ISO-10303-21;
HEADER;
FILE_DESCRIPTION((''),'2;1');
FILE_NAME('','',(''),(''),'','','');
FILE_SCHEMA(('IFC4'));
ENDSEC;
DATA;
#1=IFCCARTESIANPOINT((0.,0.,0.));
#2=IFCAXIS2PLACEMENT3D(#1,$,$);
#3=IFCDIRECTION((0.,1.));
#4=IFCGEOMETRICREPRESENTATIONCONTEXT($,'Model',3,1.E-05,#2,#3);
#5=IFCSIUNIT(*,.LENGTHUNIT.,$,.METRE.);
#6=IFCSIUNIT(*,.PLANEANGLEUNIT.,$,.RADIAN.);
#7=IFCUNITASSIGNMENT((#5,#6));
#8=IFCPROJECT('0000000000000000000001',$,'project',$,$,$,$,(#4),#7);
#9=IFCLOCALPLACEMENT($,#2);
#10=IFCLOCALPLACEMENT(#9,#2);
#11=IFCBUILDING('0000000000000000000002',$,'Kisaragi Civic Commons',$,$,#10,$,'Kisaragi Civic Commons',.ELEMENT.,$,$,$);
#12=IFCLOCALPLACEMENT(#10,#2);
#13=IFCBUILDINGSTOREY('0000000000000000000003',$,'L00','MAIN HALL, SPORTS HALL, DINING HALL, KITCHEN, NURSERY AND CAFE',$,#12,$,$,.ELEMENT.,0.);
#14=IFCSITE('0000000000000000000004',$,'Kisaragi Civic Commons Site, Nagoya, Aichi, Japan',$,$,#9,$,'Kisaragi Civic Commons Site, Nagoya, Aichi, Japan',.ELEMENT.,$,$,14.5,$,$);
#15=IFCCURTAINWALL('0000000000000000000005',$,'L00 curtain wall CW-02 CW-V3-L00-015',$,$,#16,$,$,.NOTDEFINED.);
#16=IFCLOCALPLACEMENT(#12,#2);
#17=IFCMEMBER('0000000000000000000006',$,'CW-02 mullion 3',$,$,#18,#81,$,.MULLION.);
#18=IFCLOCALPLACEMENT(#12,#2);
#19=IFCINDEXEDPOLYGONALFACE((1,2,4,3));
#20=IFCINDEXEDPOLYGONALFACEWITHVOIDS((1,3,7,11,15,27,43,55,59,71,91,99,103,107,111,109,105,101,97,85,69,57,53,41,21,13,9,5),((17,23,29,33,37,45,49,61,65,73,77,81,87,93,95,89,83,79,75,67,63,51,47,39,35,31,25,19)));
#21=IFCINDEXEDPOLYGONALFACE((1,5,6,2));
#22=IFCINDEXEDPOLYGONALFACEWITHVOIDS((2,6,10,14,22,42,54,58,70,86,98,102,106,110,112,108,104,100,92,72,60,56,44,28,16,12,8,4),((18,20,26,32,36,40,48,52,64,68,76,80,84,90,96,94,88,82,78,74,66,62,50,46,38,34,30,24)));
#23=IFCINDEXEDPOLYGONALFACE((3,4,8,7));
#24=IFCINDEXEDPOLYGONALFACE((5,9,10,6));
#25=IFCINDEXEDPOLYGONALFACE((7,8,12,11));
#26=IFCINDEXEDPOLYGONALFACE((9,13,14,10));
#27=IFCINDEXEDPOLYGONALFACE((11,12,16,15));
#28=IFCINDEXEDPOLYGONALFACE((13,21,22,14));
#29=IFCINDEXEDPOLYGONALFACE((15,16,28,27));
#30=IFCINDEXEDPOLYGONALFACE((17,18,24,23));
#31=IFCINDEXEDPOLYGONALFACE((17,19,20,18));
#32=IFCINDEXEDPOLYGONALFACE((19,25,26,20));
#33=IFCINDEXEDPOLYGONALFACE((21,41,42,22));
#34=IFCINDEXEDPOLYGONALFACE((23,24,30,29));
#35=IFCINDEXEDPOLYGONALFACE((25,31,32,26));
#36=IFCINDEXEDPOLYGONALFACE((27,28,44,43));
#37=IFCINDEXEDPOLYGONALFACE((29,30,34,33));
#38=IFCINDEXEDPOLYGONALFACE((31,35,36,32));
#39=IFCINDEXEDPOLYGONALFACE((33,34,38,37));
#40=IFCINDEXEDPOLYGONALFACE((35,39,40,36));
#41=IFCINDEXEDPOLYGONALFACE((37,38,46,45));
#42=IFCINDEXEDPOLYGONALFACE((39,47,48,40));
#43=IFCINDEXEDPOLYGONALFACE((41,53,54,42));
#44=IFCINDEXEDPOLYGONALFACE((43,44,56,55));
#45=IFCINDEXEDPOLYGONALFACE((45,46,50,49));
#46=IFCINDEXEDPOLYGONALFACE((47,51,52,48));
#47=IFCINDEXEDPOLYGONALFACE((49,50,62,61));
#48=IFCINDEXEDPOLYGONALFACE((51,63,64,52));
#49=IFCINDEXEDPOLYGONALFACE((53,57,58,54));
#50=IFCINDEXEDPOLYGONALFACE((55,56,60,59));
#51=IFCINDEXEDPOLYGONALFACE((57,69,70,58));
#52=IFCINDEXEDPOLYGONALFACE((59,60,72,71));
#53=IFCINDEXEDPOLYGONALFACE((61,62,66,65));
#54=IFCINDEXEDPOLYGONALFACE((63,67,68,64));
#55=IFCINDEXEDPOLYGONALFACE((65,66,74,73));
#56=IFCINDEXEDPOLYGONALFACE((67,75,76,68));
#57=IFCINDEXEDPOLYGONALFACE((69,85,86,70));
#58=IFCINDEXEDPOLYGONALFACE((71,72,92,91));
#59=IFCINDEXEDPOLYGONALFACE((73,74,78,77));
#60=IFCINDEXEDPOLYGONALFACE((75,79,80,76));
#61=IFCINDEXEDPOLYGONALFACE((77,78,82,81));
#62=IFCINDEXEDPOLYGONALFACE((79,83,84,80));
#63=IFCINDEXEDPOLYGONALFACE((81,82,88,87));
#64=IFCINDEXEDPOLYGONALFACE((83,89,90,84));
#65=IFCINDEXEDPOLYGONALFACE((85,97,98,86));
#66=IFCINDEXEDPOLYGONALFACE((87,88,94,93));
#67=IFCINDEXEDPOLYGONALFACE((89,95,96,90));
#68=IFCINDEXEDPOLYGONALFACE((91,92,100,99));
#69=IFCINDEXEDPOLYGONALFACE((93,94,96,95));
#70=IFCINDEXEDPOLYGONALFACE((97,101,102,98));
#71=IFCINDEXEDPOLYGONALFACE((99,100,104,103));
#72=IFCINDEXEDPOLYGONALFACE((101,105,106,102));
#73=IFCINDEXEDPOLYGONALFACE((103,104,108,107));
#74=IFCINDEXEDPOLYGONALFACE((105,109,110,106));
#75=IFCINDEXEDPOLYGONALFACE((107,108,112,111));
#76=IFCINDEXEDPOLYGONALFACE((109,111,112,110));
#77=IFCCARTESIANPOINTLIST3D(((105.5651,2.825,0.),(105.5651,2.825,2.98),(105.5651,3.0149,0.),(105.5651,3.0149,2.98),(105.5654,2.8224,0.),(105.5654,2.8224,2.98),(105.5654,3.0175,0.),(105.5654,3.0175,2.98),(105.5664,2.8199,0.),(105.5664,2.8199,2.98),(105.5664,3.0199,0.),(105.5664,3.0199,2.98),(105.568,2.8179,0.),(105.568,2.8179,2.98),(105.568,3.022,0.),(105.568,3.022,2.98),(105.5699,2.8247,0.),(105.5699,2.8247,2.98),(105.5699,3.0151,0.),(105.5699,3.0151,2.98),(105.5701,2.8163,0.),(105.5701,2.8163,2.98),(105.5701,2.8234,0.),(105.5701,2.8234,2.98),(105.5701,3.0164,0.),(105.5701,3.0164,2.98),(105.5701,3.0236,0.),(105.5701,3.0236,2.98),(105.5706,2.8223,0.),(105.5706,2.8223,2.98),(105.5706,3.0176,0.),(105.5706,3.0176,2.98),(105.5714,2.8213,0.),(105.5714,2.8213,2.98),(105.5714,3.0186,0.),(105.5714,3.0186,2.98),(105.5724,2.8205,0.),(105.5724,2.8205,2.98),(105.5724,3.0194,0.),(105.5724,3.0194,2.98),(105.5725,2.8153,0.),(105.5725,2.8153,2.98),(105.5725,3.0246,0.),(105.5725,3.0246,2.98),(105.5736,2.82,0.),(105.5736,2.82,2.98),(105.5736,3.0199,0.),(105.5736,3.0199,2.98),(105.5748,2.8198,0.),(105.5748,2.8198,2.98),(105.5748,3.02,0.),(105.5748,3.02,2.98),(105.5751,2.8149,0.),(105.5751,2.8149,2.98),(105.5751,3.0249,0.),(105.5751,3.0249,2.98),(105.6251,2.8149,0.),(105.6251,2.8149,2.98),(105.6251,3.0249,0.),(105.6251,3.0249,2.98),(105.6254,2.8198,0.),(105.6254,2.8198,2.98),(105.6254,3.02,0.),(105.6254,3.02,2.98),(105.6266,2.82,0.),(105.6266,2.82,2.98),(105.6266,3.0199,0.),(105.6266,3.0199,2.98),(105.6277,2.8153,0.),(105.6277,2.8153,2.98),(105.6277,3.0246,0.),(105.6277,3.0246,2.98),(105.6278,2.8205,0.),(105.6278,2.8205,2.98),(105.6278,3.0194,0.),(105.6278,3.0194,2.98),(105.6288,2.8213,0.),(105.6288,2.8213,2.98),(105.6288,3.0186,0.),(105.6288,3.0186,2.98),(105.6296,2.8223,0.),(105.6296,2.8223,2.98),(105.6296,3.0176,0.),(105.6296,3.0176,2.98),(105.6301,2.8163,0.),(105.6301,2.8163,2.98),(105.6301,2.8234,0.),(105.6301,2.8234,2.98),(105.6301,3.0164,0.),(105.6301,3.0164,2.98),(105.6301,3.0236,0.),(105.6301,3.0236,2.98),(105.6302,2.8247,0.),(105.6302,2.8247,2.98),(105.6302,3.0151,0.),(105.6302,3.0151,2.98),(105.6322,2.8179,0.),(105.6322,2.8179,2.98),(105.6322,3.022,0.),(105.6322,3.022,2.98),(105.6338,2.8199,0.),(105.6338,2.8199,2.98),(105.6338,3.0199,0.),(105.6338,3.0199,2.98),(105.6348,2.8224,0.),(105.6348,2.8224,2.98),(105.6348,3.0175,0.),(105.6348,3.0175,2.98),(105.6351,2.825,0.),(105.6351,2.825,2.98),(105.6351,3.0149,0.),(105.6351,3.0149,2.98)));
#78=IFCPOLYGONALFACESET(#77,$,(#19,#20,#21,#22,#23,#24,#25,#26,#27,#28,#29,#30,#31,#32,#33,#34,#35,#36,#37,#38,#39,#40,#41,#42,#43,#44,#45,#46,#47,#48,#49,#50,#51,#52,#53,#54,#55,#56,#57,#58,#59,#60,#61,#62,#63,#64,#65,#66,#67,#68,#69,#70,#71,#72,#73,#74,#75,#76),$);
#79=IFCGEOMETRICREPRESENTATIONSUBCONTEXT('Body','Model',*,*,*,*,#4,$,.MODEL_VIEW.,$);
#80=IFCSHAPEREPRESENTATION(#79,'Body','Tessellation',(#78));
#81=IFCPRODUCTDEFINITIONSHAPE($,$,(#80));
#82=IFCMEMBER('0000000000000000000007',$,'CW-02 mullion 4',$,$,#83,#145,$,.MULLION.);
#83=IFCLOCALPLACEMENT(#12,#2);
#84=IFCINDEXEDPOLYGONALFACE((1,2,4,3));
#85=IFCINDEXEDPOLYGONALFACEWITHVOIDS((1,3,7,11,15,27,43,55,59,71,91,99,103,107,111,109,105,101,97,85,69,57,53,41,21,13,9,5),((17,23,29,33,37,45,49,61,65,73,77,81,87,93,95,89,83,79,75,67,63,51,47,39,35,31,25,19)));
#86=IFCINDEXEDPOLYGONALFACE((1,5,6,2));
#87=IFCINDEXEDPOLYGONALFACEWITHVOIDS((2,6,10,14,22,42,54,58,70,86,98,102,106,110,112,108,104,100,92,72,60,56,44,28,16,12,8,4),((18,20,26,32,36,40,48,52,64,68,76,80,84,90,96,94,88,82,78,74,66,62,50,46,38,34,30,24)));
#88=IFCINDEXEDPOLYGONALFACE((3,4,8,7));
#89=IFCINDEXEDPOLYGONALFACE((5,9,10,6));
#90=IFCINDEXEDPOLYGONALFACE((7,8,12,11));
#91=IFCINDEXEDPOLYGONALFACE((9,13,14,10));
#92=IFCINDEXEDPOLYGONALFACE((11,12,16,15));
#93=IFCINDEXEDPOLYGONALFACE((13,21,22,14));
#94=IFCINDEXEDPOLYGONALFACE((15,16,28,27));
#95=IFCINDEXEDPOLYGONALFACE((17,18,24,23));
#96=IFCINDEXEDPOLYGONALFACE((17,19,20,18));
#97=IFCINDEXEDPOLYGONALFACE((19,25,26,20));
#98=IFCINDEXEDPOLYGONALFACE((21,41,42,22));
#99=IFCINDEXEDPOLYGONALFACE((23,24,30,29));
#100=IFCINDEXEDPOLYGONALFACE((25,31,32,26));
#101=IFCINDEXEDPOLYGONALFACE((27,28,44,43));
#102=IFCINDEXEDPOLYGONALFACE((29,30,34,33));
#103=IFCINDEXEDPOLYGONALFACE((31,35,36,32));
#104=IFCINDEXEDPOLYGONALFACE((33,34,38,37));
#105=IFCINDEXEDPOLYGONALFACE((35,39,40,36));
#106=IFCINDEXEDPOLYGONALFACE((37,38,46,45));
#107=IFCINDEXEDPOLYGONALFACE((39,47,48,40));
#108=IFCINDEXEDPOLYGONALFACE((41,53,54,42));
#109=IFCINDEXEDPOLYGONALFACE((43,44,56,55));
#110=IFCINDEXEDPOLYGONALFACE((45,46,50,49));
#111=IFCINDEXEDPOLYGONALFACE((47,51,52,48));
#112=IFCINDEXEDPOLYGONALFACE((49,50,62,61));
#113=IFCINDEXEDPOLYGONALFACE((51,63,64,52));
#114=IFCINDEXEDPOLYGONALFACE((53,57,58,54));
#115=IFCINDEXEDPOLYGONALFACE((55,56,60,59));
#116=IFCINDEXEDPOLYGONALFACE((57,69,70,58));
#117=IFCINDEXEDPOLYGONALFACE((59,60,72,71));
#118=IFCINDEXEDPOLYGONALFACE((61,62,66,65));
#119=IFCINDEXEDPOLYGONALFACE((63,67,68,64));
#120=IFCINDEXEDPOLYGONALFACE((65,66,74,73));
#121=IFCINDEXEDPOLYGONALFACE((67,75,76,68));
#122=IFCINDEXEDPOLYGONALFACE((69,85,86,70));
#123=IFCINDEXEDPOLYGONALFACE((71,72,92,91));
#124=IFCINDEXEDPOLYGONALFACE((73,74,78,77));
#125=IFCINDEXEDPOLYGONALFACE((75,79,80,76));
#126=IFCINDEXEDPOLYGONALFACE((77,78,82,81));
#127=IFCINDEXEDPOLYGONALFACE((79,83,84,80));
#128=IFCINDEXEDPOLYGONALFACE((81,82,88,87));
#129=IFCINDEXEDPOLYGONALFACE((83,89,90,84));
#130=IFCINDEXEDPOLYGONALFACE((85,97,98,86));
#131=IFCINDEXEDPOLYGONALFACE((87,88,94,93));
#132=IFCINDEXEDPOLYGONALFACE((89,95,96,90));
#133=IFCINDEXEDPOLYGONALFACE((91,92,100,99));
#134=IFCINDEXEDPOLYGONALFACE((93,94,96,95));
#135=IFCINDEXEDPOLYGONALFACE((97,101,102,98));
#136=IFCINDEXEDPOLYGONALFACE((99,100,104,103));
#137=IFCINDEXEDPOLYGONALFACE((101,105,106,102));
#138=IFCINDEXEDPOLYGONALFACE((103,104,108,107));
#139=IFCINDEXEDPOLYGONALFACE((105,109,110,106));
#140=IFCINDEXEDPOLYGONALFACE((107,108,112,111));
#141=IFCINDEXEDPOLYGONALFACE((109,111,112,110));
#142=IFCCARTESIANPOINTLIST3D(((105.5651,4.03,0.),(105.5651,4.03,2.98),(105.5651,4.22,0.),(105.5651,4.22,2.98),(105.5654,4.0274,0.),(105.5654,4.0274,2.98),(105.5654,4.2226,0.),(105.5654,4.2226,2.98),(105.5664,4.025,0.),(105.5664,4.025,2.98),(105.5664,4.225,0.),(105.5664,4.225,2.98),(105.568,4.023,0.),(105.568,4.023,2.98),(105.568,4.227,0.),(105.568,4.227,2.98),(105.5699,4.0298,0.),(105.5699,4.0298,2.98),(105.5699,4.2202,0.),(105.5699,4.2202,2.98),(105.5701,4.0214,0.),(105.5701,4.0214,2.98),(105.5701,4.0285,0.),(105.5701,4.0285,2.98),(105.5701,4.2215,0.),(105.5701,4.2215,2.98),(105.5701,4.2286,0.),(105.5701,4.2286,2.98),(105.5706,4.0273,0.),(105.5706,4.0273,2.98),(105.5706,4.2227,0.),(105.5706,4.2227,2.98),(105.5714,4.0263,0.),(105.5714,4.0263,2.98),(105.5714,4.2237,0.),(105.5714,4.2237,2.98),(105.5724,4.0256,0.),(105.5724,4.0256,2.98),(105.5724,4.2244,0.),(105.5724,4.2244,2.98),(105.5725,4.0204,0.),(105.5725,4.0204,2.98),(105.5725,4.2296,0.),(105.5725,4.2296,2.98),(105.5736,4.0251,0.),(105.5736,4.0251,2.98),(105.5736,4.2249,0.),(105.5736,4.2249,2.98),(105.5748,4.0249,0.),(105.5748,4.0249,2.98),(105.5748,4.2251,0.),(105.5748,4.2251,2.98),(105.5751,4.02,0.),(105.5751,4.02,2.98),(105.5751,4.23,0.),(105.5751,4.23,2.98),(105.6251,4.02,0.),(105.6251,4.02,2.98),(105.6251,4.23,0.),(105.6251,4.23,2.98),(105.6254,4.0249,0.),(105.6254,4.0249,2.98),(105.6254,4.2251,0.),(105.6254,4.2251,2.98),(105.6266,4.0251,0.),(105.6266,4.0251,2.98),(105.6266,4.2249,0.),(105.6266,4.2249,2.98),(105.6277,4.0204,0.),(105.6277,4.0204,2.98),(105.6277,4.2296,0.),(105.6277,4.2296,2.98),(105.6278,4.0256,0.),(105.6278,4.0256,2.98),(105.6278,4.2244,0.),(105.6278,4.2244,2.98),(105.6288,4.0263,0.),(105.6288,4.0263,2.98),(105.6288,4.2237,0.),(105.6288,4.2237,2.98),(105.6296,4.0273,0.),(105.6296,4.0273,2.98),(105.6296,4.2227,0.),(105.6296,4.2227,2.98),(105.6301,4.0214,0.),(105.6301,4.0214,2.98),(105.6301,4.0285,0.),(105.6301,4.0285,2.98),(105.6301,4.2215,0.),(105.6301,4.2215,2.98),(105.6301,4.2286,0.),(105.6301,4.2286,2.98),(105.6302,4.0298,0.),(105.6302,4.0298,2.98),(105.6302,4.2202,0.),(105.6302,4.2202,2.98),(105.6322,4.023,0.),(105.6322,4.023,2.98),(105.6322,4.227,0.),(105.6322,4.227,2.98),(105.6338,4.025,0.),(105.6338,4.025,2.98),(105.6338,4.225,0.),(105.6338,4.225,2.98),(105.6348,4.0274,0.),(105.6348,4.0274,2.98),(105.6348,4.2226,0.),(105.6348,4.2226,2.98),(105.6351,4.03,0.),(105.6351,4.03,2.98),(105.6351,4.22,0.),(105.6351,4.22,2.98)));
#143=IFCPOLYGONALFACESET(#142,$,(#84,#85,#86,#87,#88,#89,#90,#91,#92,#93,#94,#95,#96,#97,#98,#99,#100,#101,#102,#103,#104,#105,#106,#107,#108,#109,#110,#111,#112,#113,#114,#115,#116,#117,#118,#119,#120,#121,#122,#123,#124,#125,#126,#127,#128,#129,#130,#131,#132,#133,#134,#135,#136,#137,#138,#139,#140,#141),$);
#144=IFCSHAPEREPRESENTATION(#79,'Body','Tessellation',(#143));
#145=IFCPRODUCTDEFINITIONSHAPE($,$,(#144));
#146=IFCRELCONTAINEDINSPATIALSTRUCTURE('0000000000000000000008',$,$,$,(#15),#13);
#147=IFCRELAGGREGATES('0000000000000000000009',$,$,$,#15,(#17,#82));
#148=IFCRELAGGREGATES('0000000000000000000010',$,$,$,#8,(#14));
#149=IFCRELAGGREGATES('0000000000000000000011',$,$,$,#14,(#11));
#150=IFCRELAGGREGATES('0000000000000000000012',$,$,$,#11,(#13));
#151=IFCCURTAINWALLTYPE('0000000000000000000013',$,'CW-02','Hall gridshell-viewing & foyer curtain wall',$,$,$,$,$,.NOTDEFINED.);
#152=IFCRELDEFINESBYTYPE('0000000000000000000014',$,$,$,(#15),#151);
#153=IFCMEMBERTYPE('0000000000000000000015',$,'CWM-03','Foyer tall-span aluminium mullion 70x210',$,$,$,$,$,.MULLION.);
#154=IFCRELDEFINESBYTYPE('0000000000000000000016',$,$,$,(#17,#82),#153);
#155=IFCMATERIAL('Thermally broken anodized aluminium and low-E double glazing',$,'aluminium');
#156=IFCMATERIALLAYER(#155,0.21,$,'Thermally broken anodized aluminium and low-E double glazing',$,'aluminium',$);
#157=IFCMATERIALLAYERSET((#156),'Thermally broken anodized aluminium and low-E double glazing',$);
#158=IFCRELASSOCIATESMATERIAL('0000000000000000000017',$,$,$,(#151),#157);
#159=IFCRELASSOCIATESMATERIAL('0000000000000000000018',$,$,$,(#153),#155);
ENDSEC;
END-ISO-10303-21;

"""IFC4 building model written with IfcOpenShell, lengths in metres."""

from ifc_helpers import new_model, si_unit, direction, frame, origin, origin_2d, place, context, subcontext, project, spatial, hollow_rectangle, extrude, material, layer, layer_set, material_profile, profile_set, type_object, element, aggregate, save


model = new_model("IFC4")

# Units and contexts
model_context = context("Model", 3, precision=1e-05, world=origin(), true_north=direction((0.0, 1.0)))
body_context = subcontext(model_context, "Body", "Model", "MODEL_VIEW")
ifc_project = project(units=[si_unit("LENGTHUNIT", "METRE"), si_unit("PLANEANGLEUNIT", "RADIAN")], contexts=[model_context])

# Site, building, storey
site_placement = place(None, origin())
site = spatial("IfcSite", under=ifc_project, at=site_placement, Name="Kisaragi Civic Commons Site, Nagoya, Aichi, Japan", LongName="Kisaragi Civic Commons Site, Nagoya, Aichi, Japan", CompositionType="ELEMENT", RefElevation=14.5)
building_placement = place(site_placement, origin())
building = spatial("IfcBuilding", under=site, at=building_placement, Name="Kisaragi Civic Commons", LongName="Kisaragi Civic Commons", CompositionType="ELEMENT")
storey_placement = place(building_placement, origin())
storey = spatial("IfcBuildingStorey", under=building, at=storey_placement, Name="L00", Description="MAIN HALL, SPORTS HALL, DINING HALL, KITCHEN, NURSERY AND CAFE", CompositionType="ELEMENT", Elevation=0.0)

# Curtain wall, members
ifc_material_1 = material(Name="Thermally broken anodized aluminium and low-E double glazing", Category="aluminium")
ifc_layer_1 = layer(ifc_material_1, 0.21, Name="Thermally broken anodized aluminium and low-E double glazing", Category="aluminium")
ifc_layer_set_1 = layer_set([ifc_layer_1], Name="Thermally broken anodized aluminium and low-E double glazing")
curtain_wall_type = type_object("IfcCurtainWallType", Name="CW-02", Description="Hall gridshell-viewing & foyer curtain wall", PredefinedType="NOTDEFINED", material=ifc_layer_set_1)
curtain_wall_1_placement = place(storey_placement, origin())
curtain_wall_1 = element("IfcCurtainWall", 1, at=curtain_wall_1_placement, inside=storey, type_object=curtain_wall_type, Name="L00 curtain wall CW-02 CW-V3-L00-015", PredefinedType="NOTDEFINED")
ifc_material_profile_1 = material_profile(ifc_material_1, hollow_rectangle(XDim=0.0701, YDim=0.21, WallThickness=0.0049, InnerFilletRadius=0.0049, OuterFilletRadius=0.01, at=origin_2d()), Name="CWM-70x210x5", Category="aluminium")
ifc_profile_set_1 = profile_set([ifc_material_profile_1], Name="Thermally broken anodized aluminium and low-E double glazing")
member_type_1 = type_object("IfcMemberType", Name="CWM-03", Description="Foyer tall-span aluminium mullion 70x210", PredefinedType="MULLION", material=ifc_profile_set_1)
member_1_placement = place(storey_placement, frame((105.6001, 2.9199, 0.0), z_axis=(0.0, 0.0, 1.0), x_axis=(-1.0, 0.0, 0.0)))
member_1 = element("IfcMember", 2, at=member_1_placement, type_object=member_type_1, Name="CW-02 mullion 3", PredefinedType="MULLION", context=body_context, shape_type="SweptSolid", body=[
    extrude(hollow_rectangle(XDim=0.0701, YDim=0.21, WallThickness=0.0049, InnerFilletRadius=0.0049, OuterFilletRadius=0.01, at=origin_2d()), origin(), (0.0, 0.0, 1.0), 2.98),
])
member_2_placement = place(storey_placement, frame((105.6001, 4.125, 0.0), z_axis=(0.0, 0.0, 1.0), x_axis=(-1.0, 0.0, 0.0)))
member_2 = element("IfcMember", 3, at=member_2_placement, type_object=member_type_1, Name="CW-02 mullion 4", PredefinedType="MULLION", context=body_context, shape_type="SweptSolid", body=[
    extrude(hollow_rectangle(XDim=0.0701, YDim=0.21, WallThickness=0.0049, InnerFilletRadius=0.0049, OuterFilletRadius=0.01, at=origin_2d()), origin(), (0.0, 0.0, 1.0), 2.98),
])

aggregate(curtain_wall_1, [member_1, member_2])

save(model, "model.ifc")
